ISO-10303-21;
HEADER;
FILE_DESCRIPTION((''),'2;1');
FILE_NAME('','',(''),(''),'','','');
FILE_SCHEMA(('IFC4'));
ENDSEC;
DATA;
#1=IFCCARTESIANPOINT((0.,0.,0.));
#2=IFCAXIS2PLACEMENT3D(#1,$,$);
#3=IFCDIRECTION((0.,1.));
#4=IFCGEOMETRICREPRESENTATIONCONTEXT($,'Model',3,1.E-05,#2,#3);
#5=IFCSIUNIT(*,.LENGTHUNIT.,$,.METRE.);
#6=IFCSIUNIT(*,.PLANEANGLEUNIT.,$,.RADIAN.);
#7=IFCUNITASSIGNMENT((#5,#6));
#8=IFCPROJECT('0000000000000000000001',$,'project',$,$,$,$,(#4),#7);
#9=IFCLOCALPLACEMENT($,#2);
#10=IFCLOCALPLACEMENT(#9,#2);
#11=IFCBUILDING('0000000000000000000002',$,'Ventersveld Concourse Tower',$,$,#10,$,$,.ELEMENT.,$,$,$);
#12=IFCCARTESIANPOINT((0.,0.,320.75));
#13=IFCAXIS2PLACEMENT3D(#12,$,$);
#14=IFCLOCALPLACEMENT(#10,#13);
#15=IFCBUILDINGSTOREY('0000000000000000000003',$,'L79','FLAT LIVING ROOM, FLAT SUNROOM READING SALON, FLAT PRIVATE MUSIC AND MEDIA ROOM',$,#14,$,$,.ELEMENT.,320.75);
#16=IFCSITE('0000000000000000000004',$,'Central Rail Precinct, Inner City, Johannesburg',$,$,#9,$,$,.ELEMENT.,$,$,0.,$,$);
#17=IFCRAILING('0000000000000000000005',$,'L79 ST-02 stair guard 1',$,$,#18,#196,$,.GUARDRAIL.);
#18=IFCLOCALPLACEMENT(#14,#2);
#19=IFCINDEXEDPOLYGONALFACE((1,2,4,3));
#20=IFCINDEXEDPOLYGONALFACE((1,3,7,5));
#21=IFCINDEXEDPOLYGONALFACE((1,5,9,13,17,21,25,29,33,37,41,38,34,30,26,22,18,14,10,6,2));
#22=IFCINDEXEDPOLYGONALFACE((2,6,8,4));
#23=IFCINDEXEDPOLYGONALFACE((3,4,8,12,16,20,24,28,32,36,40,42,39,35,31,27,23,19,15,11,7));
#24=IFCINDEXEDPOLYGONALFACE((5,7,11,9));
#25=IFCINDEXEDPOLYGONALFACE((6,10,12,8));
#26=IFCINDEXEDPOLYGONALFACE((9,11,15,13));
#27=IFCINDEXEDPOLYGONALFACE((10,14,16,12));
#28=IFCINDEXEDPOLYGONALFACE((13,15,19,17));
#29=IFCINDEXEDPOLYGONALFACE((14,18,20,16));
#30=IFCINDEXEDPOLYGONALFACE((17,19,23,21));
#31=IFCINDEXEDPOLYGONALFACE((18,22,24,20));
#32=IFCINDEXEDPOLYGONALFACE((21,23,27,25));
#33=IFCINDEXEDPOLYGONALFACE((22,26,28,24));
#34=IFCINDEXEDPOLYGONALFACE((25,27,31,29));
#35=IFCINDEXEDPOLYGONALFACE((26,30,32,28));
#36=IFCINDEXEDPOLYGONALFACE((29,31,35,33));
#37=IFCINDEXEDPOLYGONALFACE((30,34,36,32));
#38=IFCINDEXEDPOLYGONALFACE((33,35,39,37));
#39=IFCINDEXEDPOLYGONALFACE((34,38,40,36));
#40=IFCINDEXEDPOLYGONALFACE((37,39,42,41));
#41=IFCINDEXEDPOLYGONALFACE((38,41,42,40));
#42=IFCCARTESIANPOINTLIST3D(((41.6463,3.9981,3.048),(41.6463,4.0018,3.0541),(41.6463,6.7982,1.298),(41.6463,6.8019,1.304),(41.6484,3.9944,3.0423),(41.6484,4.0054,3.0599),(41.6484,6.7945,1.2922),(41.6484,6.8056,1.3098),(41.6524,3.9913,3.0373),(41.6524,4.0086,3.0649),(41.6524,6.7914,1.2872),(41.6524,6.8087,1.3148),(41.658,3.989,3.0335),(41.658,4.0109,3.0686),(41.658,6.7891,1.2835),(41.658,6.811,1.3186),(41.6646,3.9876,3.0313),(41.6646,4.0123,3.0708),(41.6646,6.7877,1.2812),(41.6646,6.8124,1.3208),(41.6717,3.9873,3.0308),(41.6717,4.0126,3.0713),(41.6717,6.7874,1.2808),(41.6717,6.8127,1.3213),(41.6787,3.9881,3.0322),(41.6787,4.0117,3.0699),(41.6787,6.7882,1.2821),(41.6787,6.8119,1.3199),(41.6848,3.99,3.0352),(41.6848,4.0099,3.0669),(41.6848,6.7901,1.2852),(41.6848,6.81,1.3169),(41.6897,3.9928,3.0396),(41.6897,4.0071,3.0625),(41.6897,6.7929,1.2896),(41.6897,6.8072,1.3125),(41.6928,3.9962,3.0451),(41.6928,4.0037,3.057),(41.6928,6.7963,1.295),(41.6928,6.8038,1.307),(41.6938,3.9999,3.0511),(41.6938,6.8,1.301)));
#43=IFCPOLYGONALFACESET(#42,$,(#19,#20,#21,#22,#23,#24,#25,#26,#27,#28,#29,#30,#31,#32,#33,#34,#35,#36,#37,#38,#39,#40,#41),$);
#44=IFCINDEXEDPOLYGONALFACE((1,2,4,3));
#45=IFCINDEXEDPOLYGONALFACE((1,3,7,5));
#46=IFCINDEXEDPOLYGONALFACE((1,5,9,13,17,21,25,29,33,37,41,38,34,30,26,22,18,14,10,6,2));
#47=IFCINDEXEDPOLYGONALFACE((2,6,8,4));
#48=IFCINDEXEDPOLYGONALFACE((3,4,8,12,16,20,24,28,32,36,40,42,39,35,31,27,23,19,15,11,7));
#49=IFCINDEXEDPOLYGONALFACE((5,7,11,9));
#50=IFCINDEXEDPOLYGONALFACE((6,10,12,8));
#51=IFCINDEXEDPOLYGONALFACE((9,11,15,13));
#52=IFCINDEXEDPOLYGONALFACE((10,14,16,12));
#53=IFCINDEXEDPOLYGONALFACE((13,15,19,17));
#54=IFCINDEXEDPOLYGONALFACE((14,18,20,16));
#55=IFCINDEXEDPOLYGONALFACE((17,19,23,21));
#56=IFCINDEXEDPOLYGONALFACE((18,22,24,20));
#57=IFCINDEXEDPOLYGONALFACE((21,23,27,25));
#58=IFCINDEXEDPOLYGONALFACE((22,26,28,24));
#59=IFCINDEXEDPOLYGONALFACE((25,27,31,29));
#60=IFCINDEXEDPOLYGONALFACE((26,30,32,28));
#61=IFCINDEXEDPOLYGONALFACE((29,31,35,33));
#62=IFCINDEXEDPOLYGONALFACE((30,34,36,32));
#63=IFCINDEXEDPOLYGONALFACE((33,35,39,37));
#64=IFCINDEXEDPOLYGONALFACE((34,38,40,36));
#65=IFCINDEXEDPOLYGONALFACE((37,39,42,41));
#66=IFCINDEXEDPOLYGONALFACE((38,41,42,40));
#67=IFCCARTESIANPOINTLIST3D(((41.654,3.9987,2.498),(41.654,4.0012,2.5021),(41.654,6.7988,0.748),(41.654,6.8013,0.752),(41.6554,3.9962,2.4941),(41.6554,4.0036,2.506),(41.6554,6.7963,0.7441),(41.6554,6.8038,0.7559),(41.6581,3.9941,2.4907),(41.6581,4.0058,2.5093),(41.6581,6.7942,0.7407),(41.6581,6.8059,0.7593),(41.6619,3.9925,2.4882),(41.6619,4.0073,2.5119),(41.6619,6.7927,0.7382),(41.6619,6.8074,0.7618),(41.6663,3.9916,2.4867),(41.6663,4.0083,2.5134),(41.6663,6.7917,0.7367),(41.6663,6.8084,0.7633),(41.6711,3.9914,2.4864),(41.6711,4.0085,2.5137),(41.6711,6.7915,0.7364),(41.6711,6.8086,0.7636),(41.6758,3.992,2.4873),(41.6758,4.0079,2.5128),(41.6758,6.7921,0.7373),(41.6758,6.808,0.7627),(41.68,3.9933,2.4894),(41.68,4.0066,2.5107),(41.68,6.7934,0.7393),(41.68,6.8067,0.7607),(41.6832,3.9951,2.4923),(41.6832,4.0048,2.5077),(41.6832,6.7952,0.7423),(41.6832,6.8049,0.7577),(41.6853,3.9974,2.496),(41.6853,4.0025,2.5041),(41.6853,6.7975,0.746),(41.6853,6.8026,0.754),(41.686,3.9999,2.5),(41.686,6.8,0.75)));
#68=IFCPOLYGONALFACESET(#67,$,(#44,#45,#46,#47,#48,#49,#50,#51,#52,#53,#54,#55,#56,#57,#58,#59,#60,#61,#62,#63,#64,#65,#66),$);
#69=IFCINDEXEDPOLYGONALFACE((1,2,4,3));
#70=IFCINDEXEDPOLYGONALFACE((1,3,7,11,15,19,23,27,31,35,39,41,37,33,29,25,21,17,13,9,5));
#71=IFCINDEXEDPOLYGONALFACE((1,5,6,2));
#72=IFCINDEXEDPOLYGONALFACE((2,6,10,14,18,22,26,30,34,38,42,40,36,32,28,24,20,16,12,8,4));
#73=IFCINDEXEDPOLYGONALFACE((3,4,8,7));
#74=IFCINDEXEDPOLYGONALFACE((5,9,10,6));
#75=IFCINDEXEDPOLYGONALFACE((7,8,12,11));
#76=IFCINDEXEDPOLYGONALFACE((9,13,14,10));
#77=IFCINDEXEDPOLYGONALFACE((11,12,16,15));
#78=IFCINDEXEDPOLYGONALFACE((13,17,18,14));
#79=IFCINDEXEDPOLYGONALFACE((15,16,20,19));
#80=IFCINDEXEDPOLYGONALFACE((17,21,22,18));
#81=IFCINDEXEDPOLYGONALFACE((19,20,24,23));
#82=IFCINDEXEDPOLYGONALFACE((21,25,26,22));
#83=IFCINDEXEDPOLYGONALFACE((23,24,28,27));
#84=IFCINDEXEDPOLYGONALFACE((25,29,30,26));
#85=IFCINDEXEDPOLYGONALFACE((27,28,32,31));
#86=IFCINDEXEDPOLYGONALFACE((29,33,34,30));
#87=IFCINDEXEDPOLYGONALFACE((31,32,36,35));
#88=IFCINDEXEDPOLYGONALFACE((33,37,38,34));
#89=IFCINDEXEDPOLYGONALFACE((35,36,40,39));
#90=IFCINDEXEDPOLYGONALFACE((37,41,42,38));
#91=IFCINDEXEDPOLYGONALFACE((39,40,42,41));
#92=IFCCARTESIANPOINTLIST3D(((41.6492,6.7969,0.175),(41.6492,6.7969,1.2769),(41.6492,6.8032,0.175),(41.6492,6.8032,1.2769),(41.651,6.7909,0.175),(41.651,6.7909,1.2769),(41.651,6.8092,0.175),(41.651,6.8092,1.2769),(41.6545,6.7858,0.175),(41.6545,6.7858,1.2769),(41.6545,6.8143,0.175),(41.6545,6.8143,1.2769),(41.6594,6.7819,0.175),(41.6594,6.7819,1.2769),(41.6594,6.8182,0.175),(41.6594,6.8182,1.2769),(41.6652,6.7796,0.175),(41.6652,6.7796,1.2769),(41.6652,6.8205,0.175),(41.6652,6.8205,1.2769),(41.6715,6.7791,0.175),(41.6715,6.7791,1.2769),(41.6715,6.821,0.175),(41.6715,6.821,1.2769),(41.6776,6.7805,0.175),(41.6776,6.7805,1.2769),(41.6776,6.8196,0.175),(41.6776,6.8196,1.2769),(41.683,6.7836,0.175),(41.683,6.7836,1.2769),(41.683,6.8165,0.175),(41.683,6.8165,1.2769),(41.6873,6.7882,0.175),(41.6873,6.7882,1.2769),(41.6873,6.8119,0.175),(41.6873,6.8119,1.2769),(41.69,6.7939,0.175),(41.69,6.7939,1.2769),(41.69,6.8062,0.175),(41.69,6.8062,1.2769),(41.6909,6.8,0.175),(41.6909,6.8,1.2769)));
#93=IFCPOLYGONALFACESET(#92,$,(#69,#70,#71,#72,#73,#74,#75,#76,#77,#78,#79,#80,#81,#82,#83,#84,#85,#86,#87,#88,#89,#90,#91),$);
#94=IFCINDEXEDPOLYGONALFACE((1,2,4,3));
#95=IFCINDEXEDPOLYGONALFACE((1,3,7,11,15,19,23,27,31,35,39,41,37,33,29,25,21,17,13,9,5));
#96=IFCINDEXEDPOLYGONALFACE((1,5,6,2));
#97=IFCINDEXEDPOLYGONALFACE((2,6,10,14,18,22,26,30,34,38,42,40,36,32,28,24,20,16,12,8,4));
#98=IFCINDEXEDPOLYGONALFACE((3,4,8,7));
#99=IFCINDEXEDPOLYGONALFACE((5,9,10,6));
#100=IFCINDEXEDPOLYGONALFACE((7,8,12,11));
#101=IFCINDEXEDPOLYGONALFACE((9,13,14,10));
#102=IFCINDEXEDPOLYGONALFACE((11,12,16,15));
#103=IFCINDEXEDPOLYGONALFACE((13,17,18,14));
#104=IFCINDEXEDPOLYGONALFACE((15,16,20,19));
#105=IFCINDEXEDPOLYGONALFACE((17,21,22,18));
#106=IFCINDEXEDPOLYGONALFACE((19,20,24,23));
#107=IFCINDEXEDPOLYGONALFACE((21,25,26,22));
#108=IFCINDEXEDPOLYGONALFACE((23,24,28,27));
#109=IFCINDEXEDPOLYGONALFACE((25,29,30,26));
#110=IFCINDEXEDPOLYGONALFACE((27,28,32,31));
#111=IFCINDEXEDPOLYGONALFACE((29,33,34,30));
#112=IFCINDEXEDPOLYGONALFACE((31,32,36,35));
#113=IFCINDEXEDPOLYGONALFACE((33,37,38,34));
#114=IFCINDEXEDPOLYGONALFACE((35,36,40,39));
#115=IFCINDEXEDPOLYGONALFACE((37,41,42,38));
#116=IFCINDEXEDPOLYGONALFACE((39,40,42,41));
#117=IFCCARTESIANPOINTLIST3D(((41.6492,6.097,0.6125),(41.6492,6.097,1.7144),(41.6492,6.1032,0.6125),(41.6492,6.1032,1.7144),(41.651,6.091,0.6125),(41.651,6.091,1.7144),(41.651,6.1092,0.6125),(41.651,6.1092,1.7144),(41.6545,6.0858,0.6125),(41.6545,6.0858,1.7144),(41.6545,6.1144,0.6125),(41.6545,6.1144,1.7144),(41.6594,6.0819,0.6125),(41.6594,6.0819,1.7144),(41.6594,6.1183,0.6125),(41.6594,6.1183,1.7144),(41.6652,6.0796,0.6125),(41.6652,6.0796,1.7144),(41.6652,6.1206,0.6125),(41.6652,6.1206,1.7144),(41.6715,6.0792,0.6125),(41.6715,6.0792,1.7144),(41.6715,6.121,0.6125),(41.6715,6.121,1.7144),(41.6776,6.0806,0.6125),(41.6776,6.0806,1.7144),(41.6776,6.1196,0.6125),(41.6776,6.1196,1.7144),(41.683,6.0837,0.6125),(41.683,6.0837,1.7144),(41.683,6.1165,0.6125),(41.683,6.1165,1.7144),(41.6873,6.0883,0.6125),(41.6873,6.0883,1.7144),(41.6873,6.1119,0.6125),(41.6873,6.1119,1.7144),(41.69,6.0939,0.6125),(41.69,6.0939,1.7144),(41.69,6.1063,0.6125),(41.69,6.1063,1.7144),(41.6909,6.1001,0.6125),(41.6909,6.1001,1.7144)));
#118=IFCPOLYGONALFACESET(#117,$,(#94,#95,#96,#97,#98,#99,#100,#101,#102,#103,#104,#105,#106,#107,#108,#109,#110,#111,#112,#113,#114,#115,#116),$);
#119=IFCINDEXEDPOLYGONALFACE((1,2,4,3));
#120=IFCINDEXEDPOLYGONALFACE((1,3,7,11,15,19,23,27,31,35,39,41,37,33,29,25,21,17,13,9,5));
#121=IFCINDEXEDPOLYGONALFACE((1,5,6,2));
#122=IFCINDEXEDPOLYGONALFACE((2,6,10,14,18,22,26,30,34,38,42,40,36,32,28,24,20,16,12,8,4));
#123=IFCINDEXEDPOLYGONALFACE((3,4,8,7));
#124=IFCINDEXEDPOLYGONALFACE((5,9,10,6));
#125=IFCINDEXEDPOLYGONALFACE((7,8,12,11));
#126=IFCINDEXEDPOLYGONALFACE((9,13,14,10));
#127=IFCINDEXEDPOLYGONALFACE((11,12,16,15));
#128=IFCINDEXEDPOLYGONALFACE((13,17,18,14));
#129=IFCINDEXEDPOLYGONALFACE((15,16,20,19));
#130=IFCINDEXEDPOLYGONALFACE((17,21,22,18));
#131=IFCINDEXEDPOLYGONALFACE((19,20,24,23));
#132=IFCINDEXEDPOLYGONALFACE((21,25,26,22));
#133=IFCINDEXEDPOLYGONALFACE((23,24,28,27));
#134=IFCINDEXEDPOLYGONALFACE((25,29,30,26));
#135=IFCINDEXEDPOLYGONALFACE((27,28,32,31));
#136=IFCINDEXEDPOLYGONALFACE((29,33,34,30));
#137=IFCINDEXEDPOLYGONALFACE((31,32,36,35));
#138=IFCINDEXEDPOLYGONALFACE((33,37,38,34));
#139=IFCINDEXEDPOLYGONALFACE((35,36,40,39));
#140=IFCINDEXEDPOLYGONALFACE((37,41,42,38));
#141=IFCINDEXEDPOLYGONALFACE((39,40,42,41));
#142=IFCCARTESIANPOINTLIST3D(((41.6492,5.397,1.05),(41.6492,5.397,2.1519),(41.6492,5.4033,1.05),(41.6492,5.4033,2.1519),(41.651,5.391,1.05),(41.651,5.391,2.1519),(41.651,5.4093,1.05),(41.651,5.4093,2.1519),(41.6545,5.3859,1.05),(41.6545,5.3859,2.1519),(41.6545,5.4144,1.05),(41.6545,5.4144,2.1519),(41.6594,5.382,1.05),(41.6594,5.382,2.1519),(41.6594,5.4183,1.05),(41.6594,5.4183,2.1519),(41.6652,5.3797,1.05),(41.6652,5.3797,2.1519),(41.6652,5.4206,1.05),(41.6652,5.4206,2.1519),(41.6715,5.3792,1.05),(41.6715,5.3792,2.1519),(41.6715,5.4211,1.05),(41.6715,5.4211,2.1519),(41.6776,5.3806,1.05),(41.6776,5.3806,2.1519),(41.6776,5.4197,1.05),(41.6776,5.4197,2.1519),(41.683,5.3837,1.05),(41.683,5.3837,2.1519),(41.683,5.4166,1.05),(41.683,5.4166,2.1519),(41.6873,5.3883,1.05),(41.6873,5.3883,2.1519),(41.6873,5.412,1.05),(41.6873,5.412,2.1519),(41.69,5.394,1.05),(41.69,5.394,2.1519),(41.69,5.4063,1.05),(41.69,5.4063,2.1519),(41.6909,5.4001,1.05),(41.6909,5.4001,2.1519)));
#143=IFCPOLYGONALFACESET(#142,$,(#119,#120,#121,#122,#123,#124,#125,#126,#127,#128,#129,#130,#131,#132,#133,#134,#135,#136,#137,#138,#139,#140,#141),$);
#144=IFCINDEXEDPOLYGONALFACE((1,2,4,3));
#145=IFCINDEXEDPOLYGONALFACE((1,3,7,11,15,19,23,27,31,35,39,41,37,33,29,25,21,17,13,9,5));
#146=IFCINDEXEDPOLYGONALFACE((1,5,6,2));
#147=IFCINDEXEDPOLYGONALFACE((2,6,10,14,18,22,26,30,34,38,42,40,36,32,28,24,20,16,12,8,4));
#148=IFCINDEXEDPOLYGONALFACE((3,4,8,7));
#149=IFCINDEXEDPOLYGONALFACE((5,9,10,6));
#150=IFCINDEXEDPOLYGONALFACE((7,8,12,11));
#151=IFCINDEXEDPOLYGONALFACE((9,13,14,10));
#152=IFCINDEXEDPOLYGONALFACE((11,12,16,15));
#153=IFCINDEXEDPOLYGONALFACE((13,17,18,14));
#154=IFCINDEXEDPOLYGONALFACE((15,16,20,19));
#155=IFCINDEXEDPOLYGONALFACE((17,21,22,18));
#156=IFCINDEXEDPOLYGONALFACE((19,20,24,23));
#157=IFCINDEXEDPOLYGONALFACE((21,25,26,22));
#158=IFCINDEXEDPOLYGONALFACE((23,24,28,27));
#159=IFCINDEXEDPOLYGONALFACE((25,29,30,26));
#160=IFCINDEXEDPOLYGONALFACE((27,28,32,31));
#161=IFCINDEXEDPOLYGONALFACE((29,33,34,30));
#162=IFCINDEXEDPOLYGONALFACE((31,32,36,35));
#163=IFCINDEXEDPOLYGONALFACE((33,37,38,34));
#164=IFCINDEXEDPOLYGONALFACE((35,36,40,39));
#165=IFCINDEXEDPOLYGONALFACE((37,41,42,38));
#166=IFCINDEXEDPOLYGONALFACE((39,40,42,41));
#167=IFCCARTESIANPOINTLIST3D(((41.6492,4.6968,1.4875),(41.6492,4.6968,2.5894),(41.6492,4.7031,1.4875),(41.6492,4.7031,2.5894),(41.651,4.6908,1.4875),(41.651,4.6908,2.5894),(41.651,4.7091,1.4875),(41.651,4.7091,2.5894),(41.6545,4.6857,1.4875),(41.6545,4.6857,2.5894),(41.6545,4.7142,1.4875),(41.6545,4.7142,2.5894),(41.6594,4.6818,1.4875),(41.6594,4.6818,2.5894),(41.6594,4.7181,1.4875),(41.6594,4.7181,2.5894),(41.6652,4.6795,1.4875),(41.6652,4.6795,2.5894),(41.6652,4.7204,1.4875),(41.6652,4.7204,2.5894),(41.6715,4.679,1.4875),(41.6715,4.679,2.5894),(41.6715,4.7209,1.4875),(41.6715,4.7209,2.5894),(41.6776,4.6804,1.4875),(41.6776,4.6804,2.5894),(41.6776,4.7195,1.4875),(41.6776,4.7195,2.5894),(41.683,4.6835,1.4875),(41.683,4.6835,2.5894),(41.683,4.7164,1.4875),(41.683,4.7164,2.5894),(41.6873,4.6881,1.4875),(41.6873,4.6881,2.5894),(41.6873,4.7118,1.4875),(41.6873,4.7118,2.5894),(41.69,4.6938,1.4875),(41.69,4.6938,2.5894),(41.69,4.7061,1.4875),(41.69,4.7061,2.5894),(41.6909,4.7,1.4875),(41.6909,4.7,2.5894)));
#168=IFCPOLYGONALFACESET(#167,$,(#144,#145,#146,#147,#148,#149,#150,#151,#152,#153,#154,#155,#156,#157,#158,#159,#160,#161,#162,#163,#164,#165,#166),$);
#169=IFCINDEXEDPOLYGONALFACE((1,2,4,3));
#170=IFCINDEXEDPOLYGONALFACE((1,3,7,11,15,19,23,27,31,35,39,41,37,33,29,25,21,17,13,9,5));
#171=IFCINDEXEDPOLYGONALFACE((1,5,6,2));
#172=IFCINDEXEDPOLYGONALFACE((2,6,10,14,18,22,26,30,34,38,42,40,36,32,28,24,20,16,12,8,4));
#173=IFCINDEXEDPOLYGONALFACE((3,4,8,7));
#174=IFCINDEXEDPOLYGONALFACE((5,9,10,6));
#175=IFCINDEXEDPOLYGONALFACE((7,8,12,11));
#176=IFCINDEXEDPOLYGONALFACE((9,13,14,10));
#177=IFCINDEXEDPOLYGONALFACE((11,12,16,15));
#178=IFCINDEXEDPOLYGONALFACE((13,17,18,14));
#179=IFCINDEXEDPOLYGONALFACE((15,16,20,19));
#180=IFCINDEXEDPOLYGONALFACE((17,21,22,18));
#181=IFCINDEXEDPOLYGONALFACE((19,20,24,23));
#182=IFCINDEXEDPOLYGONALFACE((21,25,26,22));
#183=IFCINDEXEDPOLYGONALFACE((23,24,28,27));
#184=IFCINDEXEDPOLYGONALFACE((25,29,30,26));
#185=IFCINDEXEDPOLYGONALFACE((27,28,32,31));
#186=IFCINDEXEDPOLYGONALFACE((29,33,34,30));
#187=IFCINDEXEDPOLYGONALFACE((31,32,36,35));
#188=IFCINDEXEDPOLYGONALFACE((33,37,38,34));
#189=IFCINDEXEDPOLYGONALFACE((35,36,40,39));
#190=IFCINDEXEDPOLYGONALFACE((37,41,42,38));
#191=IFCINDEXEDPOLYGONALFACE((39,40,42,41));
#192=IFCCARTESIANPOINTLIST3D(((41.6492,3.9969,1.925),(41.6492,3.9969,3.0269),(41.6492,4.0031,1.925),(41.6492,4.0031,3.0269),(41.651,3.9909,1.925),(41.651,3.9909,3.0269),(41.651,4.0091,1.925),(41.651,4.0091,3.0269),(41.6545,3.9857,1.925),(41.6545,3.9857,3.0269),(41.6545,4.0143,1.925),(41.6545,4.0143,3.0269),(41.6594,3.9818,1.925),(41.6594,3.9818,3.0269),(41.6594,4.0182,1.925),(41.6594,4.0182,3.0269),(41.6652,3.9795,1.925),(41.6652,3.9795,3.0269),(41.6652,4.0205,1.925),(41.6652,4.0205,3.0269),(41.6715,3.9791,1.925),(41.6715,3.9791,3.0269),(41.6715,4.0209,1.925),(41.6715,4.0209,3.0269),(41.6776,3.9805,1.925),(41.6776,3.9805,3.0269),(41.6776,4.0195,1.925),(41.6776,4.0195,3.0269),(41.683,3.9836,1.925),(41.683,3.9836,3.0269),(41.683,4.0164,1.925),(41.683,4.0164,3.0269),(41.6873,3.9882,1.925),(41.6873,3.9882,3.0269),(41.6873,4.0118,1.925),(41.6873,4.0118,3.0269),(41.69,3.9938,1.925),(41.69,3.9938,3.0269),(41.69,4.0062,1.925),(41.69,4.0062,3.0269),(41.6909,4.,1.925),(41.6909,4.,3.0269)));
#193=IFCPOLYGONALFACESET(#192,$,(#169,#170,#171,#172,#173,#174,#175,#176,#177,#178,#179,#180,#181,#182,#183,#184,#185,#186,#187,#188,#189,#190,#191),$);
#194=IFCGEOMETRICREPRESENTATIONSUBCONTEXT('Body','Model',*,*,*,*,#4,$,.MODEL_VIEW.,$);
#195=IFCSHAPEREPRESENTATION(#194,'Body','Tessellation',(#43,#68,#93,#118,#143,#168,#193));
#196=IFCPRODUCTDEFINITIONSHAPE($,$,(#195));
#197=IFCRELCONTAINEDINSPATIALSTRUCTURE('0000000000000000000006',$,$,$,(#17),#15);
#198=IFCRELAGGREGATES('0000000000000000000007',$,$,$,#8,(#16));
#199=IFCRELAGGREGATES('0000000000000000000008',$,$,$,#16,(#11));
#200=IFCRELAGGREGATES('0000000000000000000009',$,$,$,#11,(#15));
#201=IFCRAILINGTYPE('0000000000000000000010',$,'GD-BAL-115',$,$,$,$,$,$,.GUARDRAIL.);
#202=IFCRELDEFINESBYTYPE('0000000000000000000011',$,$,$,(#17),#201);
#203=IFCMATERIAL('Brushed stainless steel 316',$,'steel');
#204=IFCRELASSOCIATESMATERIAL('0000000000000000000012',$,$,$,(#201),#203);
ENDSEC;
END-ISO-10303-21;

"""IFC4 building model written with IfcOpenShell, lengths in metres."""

from ifc_helpers import new_model, si_unit, direction, frame, origin, origin_2d, place, context, subcontext, project, spatial, circle, extrude, material, type_object, element, save


model = new_model("IFC4")

# Units and contexts
model_context = context("Model", 3, precision=1e-05, world=origin(), true_north=direction((0.0, 1.0)))
body_context = subcontext(model_context, "Body", "Model", "MODEL_VIEW")
ifc_project = project(units=[si_unit("LENGTHUNIT", "METRE"), si_unit("PLANEANGLEUNIT", "RADIAN")], contexts=[model_context])

# Site, building, storey
site_placement = place(None, origin())
site = spatial("IfcSite", under=ifc_project, at=site_placement, Name="Central Rail Precinct, Inner City, Johannesburg", CompositionType="ELEMENT", RefElevation=0.0)
building_placement = place(site_placement, origin())
building = spatial("IfcBuilding", under=site, at=building_placement, Name="Ventersveld Concourse Tower", CompositionType="ELEMENT")
storey_placement = place(building_placement, frame((0.0, 0.0, 320.75)))
storey = spatial("IfcBuildingStorey", under=building, at=storey_placement, Name="L79", Description="FLAT LIVING ROOM, FLAT SUNROOM READING SALON, FLAT PRIVATE MUSIC AND MEDIA ROOM", CompositionType="ELEMENT", Elevation=320.75)

# Shared definitions
ifc_material_1 = material(Name="Brushed stainless steel 316", Category="steel")

# Railing
railing_type_1 = type_object("IfcRailingType", Name="GD-BAL-115", PredefinedType="GUARDRAIL", material=ifc_material_1)
railing_1_placement = place(storey_placement, frame((41.6699, 6.8, 0.175)))
element("IfcRailing", 1, at=railing_1_placement, inside=storey, type_object=railing_type_1, Name="L79 ST-02 stair guard 1", PredefinedType="GUARDRAIL", context=body_context, shape_type="SweptSolid", body=[
    extrude(circle(Radius=0.0239, at=origin_2d()), frame((0.0, 0.0, 1.126), z_axis=(0.0, -0.848002, 0.529992), x_axis=(1.0, 0.0, 0.0)), (0.0, 0.0, 1.0), 3.302),
    extrude(circle(Radius=0.0161, at=origin_2d()), frame((0.0, 0.0, 0.575), z_axis=(0.0, -0.848002, 0.529992), x_axis=(1.0, 0.0, 0.0)), (0.0, 0.0, 1.0), 3.302),
    extrude(circle(Radius=0.021, at=origin_2d()), origin(), (0.0, 0.0, 1.0), 1.1018),
    extrude(circle(Radius=0.021, at=origin_2d()), frame((0.0, -0.7, 0.4375)), (0.0, 0.0, 1.0), 1.1018),
    extrude(circle(Radius=0.021, at=origin_2d()), frame((0.0, -1.3999, 0.875)), (0.0, 0.0, 1.0), 1.1018),
    extrude(circle(Radius=0.021, at=origin_2d()), frame((0.0, -2.1001, 1.3125)), (0.0, 0.0, 1.0), 1.1018),
    extrude(circle(Radius=0.021, at=origin_2d()), frame((0.0, -2.8, 1.75)), (0.0, 0.0, 1.0), 1.1018),
])

save(model, "model.ifc")
